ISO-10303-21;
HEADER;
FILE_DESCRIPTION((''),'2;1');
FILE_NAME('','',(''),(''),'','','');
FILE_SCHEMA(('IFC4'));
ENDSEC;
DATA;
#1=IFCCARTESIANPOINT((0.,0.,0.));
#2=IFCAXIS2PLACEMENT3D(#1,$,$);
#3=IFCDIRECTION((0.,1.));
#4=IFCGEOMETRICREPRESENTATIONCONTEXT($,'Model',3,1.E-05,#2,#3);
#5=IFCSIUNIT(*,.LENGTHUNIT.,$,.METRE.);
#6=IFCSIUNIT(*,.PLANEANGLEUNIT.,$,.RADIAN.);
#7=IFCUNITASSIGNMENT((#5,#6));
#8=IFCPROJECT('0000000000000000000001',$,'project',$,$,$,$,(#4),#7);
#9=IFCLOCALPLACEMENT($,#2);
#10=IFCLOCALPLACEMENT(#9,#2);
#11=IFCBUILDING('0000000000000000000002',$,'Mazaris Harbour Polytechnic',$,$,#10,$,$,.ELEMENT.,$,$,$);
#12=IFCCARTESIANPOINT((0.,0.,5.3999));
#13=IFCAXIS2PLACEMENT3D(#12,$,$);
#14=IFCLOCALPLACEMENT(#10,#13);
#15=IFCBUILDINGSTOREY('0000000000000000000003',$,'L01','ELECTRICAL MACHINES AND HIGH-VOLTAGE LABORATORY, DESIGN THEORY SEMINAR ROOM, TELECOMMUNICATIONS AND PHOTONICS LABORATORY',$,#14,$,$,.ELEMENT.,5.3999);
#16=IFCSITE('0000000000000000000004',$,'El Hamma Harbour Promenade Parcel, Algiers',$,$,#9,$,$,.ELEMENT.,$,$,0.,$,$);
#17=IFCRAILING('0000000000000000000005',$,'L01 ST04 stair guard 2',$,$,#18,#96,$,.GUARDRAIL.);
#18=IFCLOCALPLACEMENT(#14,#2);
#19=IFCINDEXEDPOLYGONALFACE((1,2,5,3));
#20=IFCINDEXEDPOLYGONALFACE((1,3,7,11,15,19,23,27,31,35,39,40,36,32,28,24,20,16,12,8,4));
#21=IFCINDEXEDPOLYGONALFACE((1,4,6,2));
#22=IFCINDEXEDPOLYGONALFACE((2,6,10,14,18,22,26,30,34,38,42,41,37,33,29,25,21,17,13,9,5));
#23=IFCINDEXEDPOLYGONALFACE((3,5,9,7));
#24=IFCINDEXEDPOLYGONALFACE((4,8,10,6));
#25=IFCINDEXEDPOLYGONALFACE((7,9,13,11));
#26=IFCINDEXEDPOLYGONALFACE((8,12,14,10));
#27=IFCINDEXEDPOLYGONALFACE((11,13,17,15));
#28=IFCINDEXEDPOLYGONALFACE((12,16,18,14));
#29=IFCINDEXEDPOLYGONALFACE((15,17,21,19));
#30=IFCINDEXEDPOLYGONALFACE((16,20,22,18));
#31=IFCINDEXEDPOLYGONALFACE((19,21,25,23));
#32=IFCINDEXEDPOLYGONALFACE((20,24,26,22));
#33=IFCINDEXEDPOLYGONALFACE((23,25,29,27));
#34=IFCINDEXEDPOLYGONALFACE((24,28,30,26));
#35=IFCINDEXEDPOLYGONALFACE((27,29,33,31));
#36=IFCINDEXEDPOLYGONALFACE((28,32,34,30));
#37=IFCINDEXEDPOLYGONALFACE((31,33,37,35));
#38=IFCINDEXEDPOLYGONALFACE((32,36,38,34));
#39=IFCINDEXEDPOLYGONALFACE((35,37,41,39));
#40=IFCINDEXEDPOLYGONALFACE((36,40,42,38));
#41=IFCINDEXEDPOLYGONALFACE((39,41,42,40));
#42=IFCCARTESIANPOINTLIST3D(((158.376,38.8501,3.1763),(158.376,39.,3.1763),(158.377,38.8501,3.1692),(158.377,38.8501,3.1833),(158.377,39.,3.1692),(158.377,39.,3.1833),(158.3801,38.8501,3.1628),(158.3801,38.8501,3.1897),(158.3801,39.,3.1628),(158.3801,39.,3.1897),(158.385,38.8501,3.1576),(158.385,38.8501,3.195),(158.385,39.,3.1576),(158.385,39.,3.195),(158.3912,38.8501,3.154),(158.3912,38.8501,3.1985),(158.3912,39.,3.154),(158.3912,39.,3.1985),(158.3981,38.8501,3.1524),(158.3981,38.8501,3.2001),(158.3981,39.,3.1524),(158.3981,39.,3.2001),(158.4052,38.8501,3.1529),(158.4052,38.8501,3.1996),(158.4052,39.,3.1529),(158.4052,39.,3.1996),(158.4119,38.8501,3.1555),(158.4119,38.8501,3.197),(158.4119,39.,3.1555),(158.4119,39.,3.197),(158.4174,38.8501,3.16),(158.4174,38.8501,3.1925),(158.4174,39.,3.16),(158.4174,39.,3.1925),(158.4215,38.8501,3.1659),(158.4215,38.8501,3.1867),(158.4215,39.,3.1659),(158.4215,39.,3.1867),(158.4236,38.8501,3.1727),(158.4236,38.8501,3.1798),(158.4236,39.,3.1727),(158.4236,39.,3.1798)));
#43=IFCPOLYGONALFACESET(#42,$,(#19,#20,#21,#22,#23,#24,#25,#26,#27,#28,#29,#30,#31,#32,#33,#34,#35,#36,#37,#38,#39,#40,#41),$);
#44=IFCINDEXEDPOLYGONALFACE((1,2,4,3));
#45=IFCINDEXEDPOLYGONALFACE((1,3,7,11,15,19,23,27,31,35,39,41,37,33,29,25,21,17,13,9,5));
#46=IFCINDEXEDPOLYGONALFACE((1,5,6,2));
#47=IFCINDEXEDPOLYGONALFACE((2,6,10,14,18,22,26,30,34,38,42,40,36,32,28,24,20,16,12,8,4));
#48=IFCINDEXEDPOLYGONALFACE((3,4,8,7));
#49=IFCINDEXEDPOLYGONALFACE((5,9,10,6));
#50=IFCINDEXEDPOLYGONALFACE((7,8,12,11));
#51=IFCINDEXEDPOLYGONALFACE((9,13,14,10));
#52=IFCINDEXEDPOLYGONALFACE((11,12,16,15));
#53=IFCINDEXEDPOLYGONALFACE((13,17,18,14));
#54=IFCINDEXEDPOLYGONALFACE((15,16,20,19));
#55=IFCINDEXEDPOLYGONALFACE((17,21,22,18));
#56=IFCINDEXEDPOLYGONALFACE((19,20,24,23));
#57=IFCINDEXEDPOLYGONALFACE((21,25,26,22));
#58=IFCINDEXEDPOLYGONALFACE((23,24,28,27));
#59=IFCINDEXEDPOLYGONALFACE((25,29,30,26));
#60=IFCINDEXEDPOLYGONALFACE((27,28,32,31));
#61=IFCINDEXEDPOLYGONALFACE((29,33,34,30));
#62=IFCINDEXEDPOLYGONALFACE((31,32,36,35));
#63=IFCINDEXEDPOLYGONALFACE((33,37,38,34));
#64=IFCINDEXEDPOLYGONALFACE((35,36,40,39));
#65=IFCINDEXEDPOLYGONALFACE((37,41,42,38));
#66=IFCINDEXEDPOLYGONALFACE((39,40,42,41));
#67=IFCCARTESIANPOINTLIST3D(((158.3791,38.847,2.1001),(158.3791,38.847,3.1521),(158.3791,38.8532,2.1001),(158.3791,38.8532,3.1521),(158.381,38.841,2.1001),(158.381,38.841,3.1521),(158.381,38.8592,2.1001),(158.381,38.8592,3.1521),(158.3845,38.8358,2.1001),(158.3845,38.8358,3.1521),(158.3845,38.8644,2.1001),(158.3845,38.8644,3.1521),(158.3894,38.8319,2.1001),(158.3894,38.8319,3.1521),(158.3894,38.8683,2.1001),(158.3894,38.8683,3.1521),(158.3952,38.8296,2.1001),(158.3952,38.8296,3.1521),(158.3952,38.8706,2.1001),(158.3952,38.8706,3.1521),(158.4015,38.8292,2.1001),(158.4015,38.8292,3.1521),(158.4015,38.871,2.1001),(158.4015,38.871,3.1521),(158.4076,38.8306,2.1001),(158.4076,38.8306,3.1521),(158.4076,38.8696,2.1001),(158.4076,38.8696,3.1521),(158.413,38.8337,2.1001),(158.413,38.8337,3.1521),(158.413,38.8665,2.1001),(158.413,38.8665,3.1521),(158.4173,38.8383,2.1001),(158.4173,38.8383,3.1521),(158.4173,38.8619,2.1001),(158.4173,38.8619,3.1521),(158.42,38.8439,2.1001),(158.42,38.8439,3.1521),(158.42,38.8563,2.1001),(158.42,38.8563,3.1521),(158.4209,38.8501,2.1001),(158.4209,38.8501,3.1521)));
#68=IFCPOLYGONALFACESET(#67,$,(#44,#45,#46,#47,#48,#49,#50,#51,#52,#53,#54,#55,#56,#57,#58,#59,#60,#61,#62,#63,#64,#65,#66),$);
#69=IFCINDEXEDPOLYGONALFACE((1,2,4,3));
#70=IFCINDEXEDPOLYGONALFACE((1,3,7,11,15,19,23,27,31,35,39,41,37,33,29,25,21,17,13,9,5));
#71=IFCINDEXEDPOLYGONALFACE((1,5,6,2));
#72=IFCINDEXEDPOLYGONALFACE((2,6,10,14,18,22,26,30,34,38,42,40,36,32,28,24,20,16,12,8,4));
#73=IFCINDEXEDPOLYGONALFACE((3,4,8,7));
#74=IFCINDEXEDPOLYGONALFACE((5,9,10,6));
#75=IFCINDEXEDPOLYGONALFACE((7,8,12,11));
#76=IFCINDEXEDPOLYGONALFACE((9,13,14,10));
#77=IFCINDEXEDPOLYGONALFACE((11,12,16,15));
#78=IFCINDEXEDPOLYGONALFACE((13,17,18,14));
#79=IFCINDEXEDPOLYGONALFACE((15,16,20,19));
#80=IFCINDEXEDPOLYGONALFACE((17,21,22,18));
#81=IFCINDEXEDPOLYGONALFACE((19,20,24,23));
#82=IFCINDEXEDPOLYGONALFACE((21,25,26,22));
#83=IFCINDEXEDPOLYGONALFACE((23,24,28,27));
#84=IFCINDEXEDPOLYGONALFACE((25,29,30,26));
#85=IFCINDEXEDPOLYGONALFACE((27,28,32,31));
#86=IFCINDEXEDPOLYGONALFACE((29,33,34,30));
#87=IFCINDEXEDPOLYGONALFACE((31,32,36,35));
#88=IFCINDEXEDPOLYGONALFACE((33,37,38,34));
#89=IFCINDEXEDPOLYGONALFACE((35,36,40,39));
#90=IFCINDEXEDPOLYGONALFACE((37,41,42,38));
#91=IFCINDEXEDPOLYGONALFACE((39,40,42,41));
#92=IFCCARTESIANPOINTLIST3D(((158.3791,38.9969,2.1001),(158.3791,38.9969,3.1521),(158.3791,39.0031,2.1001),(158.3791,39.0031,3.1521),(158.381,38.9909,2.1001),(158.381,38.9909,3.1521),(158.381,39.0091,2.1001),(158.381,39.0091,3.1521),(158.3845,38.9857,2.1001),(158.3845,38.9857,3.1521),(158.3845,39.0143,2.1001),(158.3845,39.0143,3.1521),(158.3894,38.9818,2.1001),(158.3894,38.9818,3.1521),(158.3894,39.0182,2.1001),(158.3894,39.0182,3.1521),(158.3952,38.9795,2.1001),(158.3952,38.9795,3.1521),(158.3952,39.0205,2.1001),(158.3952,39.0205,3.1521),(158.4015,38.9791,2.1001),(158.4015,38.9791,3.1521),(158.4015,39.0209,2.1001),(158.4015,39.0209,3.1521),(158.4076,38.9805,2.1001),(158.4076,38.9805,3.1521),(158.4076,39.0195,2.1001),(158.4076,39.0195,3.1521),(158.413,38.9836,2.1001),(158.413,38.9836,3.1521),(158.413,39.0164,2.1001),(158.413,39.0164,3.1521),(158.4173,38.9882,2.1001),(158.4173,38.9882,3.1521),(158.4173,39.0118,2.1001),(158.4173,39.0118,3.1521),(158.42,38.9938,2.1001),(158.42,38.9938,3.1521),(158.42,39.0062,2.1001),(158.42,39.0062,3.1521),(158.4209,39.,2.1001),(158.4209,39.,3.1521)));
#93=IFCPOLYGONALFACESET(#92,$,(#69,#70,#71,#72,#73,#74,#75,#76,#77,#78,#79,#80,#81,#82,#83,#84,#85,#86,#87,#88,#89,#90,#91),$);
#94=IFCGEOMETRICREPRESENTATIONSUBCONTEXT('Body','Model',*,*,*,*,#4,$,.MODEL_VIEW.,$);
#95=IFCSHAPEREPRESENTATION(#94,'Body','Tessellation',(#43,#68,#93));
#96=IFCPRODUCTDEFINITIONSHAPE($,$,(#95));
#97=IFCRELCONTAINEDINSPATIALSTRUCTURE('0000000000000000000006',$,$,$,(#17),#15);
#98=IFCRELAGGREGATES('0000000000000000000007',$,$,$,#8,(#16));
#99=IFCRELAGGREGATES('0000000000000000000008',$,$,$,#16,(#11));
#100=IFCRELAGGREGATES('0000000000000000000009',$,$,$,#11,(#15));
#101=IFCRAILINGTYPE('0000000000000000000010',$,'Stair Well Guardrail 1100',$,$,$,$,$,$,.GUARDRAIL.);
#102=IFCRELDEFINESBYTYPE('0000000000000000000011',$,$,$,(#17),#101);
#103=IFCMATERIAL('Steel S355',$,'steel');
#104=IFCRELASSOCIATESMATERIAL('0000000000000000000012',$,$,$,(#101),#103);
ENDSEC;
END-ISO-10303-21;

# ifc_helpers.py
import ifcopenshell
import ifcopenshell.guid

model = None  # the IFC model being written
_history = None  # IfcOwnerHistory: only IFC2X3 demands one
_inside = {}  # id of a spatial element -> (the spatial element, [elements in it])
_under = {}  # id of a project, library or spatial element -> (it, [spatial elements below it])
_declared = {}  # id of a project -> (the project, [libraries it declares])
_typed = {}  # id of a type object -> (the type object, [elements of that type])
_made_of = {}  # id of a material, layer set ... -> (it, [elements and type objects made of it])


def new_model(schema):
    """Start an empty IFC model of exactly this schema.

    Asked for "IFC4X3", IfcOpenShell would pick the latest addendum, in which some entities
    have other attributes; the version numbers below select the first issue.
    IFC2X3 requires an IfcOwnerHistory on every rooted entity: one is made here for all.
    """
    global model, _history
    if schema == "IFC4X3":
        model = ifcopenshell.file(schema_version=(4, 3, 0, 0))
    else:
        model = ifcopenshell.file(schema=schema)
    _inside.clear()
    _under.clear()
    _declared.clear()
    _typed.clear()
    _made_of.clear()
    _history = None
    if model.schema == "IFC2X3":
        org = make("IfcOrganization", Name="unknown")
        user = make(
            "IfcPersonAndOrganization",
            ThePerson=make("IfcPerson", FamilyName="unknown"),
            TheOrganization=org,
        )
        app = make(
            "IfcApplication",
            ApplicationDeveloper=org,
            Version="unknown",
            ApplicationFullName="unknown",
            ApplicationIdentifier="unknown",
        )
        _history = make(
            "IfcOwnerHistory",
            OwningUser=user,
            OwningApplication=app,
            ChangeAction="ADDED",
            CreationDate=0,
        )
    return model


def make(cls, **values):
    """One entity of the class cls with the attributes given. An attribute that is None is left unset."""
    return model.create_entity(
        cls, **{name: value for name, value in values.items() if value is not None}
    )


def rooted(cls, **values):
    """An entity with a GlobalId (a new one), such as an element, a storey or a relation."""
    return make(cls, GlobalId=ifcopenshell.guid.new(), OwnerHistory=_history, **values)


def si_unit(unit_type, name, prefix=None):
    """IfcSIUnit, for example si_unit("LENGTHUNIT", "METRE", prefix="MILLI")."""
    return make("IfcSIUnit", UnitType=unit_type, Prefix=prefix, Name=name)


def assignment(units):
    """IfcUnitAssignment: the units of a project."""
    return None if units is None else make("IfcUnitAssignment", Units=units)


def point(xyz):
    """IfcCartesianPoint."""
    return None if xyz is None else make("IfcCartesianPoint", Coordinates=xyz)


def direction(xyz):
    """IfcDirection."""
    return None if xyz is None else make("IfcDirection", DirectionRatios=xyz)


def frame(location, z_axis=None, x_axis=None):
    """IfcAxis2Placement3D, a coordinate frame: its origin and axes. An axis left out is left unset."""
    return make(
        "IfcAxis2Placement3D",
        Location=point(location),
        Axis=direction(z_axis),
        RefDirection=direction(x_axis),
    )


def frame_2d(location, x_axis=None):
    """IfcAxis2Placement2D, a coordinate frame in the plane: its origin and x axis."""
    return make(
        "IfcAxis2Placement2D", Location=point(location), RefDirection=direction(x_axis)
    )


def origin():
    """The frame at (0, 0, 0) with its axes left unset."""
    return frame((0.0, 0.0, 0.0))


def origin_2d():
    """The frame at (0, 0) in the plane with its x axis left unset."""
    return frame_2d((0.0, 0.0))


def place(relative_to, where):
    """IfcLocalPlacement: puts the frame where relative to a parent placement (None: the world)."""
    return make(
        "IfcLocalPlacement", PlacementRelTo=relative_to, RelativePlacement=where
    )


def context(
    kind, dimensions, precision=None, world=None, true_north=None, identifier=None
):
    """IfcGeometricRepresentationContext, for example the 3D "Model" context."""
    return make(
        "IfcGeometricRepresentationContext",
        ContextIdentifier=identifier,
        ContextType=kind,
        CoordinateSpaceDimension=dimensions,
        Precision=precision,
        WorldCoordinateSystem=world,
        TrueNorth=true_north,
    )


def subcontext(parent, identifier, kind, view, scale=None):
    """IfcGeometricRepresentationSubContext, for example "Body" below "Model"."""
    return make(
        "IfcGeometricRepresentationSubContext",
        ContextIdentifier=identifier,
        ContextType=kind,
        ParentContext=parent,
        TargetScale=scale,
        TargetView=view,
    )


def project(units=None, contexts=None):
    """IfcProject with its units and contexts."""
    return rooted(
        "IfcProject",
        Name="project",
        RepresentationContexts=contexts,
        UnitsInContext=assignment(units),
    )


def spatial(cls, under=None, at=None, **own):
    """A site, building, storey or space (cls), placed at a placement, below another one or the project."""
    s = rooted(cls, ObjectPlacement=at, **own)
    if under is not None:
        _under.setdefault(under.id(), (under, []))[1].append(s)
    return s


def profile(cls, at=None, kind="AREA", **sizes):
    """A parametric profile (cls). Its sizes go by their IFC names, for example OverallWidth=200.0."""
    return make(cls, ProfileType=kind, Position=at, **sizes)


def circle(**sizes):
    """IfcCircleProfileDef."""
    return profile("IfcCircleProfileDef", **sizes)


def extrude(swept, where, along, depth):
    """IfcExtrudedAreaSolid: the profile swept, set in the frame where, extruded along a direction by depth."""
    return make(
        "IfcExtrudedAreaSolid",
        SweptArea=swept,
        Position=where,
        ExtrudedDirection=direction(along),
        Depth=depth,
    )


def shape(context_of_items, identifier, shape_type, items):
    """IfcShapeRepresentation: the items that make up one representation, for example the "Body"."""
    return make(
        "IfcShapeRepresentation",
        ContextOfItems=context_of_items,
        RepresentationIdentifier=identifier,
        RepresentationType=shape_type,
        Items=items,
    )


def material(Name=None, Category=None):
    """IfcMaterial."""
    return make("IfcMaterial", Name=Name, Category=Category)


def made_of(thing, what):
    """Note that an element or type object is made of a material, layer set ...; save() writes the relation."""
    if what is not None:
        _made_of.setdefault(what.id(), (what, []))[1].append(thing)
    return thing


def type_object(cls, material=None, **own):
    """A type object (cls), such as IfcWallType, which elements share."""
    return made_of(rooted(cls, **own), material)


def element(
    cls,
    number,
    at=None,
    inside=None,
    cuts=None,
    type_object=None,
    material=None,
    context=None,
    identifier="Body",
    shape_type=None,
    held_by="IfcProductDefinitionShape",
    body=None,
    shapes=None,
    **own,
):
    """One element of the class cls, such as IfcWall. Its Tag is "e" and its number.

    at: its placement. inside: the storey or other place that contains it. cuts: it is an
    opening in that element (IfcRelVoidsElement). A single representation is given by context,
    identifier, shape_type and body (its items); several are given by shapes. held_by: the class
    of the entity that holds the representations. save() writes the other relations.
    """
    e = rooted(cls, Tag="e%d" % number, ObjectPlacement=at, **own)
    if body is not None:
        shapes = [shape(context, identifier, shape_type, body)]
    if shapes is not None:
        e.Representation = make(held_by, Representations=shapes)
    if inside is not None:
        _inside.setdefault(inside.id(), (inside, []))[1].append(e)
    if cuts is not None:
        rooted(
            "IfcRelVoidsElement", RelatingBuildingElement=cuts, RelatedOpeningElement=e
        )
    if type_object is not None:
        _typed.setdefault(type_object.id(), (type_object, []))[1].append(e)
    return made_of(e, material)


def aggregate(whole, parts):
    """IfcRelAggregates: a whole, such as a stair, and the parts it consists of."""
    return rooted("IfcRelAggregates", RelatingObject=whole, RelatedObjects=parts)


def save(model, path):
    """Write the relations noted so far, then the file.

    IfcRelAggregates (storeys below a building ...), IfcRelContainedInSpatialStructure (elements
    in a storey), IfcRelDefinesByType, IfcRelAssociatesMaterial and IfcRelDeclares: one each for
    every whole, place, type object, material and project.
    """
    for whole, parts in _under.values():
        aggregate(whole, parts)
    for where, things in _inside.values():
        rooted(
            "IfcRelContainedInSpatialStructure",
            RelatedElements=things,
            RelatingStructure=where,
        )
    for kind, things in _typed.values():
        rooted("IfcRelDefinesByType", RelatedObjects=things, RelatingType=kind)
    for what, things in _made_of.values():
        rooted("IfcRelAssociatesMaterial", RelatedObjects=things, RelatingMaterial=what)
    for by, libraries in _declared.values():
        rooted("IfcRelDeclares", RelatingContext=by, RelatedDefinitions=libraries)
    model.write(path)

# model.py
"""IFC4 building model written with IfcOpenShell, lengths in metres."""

from ifc_helpers import new_model, si_unit, direction, frame, origin, origin_2d, place, context, subcontext, project, spatial, circle, extrude, material, type_object, element, save


model = new_model("IFC4")

# Units and contexts
model_context = context("Model", 3, precision=1e-05, world=origin(), true_north=direction((0.0, 1.0)))
body_context = subcontext(model_context, "Body", "Model", "MODEL_VIEW")
ifc_project = project(units=[si_unit("LENGTHUNIT", "METRE"), si_unit("PLANEANGLEUNIT", "RADIAN")], contexts=[model_context])

# Site, building, storey
site_placement = place(None, origin())
site = spatial("IfcSite", under=ifc_project, at=site_placement, Name="El Hamma Harbour Promenade Parcel, Algiers", CompositionType="ELEMENT", RefElevation=0.0)
building_placement = place(site_placement, origin())
building = spatial("IfcBuilding", under=site, at=building_placement, Name="Mazaris Harbour Polytechnic", CompositionType="ELEMENT")
storey_placement = place(building_placement, frame((0.0, 0.0, 5.3999)))
storey = spatial("IfcBuildingStorey", under=building, at=storey_placement, Name="L01", Description="ELECTRICAL MACHINES AND HIGH-VOLTAGE LABORATORY, DESIGN THEORY SEMINAR ROOM, TELECOMMUNICATIONS AND PHOTONICS LABORATORY", CompositionType="ELEMENT", Elevation=5.3999)

# Railing
ifc_material_1 = material(Name="Steel S355", Category="steel")
railing_type_1 = type_object("IfcRailingType", Name="Stair Well Guardrail 1100", PredefinedType="GUARDRAIL", material=ifc_material_1)
railing_1_placement = place(storey_placement, frame((158.3999, 38.8501, 2.1001)))
element("IfcRailing", 1, at=railing_1_placement, inside=storey, type_object=railing_type_1, Name="L01 ST04 stair guard 2", PredefinedType="GUARDRAIL", context=body_context, shape_type="SweptSolid", body=[
    extrude(circle(Radius=0.0239, at=origin_2d()), frame((0.0, 0.0, 1.0762), z_axis=(0.0, 1.0, 0.0), x_axis=(-1.0, 0.0, 0.0)), (0.0, 0.0, 1.0), 0.1499),
    extrude(circle(Radius=0.021, at=origin_2d()), origin(), (0.0, 0.0, 1.0), 1.052),
    extrude(circle(Radius=0.021, at=origin_2d()), frame((0.0, 0.1499, 0.0)), (0.0, 0.0, 1.0), 1.052),
])

save(model, "model.ifc")
